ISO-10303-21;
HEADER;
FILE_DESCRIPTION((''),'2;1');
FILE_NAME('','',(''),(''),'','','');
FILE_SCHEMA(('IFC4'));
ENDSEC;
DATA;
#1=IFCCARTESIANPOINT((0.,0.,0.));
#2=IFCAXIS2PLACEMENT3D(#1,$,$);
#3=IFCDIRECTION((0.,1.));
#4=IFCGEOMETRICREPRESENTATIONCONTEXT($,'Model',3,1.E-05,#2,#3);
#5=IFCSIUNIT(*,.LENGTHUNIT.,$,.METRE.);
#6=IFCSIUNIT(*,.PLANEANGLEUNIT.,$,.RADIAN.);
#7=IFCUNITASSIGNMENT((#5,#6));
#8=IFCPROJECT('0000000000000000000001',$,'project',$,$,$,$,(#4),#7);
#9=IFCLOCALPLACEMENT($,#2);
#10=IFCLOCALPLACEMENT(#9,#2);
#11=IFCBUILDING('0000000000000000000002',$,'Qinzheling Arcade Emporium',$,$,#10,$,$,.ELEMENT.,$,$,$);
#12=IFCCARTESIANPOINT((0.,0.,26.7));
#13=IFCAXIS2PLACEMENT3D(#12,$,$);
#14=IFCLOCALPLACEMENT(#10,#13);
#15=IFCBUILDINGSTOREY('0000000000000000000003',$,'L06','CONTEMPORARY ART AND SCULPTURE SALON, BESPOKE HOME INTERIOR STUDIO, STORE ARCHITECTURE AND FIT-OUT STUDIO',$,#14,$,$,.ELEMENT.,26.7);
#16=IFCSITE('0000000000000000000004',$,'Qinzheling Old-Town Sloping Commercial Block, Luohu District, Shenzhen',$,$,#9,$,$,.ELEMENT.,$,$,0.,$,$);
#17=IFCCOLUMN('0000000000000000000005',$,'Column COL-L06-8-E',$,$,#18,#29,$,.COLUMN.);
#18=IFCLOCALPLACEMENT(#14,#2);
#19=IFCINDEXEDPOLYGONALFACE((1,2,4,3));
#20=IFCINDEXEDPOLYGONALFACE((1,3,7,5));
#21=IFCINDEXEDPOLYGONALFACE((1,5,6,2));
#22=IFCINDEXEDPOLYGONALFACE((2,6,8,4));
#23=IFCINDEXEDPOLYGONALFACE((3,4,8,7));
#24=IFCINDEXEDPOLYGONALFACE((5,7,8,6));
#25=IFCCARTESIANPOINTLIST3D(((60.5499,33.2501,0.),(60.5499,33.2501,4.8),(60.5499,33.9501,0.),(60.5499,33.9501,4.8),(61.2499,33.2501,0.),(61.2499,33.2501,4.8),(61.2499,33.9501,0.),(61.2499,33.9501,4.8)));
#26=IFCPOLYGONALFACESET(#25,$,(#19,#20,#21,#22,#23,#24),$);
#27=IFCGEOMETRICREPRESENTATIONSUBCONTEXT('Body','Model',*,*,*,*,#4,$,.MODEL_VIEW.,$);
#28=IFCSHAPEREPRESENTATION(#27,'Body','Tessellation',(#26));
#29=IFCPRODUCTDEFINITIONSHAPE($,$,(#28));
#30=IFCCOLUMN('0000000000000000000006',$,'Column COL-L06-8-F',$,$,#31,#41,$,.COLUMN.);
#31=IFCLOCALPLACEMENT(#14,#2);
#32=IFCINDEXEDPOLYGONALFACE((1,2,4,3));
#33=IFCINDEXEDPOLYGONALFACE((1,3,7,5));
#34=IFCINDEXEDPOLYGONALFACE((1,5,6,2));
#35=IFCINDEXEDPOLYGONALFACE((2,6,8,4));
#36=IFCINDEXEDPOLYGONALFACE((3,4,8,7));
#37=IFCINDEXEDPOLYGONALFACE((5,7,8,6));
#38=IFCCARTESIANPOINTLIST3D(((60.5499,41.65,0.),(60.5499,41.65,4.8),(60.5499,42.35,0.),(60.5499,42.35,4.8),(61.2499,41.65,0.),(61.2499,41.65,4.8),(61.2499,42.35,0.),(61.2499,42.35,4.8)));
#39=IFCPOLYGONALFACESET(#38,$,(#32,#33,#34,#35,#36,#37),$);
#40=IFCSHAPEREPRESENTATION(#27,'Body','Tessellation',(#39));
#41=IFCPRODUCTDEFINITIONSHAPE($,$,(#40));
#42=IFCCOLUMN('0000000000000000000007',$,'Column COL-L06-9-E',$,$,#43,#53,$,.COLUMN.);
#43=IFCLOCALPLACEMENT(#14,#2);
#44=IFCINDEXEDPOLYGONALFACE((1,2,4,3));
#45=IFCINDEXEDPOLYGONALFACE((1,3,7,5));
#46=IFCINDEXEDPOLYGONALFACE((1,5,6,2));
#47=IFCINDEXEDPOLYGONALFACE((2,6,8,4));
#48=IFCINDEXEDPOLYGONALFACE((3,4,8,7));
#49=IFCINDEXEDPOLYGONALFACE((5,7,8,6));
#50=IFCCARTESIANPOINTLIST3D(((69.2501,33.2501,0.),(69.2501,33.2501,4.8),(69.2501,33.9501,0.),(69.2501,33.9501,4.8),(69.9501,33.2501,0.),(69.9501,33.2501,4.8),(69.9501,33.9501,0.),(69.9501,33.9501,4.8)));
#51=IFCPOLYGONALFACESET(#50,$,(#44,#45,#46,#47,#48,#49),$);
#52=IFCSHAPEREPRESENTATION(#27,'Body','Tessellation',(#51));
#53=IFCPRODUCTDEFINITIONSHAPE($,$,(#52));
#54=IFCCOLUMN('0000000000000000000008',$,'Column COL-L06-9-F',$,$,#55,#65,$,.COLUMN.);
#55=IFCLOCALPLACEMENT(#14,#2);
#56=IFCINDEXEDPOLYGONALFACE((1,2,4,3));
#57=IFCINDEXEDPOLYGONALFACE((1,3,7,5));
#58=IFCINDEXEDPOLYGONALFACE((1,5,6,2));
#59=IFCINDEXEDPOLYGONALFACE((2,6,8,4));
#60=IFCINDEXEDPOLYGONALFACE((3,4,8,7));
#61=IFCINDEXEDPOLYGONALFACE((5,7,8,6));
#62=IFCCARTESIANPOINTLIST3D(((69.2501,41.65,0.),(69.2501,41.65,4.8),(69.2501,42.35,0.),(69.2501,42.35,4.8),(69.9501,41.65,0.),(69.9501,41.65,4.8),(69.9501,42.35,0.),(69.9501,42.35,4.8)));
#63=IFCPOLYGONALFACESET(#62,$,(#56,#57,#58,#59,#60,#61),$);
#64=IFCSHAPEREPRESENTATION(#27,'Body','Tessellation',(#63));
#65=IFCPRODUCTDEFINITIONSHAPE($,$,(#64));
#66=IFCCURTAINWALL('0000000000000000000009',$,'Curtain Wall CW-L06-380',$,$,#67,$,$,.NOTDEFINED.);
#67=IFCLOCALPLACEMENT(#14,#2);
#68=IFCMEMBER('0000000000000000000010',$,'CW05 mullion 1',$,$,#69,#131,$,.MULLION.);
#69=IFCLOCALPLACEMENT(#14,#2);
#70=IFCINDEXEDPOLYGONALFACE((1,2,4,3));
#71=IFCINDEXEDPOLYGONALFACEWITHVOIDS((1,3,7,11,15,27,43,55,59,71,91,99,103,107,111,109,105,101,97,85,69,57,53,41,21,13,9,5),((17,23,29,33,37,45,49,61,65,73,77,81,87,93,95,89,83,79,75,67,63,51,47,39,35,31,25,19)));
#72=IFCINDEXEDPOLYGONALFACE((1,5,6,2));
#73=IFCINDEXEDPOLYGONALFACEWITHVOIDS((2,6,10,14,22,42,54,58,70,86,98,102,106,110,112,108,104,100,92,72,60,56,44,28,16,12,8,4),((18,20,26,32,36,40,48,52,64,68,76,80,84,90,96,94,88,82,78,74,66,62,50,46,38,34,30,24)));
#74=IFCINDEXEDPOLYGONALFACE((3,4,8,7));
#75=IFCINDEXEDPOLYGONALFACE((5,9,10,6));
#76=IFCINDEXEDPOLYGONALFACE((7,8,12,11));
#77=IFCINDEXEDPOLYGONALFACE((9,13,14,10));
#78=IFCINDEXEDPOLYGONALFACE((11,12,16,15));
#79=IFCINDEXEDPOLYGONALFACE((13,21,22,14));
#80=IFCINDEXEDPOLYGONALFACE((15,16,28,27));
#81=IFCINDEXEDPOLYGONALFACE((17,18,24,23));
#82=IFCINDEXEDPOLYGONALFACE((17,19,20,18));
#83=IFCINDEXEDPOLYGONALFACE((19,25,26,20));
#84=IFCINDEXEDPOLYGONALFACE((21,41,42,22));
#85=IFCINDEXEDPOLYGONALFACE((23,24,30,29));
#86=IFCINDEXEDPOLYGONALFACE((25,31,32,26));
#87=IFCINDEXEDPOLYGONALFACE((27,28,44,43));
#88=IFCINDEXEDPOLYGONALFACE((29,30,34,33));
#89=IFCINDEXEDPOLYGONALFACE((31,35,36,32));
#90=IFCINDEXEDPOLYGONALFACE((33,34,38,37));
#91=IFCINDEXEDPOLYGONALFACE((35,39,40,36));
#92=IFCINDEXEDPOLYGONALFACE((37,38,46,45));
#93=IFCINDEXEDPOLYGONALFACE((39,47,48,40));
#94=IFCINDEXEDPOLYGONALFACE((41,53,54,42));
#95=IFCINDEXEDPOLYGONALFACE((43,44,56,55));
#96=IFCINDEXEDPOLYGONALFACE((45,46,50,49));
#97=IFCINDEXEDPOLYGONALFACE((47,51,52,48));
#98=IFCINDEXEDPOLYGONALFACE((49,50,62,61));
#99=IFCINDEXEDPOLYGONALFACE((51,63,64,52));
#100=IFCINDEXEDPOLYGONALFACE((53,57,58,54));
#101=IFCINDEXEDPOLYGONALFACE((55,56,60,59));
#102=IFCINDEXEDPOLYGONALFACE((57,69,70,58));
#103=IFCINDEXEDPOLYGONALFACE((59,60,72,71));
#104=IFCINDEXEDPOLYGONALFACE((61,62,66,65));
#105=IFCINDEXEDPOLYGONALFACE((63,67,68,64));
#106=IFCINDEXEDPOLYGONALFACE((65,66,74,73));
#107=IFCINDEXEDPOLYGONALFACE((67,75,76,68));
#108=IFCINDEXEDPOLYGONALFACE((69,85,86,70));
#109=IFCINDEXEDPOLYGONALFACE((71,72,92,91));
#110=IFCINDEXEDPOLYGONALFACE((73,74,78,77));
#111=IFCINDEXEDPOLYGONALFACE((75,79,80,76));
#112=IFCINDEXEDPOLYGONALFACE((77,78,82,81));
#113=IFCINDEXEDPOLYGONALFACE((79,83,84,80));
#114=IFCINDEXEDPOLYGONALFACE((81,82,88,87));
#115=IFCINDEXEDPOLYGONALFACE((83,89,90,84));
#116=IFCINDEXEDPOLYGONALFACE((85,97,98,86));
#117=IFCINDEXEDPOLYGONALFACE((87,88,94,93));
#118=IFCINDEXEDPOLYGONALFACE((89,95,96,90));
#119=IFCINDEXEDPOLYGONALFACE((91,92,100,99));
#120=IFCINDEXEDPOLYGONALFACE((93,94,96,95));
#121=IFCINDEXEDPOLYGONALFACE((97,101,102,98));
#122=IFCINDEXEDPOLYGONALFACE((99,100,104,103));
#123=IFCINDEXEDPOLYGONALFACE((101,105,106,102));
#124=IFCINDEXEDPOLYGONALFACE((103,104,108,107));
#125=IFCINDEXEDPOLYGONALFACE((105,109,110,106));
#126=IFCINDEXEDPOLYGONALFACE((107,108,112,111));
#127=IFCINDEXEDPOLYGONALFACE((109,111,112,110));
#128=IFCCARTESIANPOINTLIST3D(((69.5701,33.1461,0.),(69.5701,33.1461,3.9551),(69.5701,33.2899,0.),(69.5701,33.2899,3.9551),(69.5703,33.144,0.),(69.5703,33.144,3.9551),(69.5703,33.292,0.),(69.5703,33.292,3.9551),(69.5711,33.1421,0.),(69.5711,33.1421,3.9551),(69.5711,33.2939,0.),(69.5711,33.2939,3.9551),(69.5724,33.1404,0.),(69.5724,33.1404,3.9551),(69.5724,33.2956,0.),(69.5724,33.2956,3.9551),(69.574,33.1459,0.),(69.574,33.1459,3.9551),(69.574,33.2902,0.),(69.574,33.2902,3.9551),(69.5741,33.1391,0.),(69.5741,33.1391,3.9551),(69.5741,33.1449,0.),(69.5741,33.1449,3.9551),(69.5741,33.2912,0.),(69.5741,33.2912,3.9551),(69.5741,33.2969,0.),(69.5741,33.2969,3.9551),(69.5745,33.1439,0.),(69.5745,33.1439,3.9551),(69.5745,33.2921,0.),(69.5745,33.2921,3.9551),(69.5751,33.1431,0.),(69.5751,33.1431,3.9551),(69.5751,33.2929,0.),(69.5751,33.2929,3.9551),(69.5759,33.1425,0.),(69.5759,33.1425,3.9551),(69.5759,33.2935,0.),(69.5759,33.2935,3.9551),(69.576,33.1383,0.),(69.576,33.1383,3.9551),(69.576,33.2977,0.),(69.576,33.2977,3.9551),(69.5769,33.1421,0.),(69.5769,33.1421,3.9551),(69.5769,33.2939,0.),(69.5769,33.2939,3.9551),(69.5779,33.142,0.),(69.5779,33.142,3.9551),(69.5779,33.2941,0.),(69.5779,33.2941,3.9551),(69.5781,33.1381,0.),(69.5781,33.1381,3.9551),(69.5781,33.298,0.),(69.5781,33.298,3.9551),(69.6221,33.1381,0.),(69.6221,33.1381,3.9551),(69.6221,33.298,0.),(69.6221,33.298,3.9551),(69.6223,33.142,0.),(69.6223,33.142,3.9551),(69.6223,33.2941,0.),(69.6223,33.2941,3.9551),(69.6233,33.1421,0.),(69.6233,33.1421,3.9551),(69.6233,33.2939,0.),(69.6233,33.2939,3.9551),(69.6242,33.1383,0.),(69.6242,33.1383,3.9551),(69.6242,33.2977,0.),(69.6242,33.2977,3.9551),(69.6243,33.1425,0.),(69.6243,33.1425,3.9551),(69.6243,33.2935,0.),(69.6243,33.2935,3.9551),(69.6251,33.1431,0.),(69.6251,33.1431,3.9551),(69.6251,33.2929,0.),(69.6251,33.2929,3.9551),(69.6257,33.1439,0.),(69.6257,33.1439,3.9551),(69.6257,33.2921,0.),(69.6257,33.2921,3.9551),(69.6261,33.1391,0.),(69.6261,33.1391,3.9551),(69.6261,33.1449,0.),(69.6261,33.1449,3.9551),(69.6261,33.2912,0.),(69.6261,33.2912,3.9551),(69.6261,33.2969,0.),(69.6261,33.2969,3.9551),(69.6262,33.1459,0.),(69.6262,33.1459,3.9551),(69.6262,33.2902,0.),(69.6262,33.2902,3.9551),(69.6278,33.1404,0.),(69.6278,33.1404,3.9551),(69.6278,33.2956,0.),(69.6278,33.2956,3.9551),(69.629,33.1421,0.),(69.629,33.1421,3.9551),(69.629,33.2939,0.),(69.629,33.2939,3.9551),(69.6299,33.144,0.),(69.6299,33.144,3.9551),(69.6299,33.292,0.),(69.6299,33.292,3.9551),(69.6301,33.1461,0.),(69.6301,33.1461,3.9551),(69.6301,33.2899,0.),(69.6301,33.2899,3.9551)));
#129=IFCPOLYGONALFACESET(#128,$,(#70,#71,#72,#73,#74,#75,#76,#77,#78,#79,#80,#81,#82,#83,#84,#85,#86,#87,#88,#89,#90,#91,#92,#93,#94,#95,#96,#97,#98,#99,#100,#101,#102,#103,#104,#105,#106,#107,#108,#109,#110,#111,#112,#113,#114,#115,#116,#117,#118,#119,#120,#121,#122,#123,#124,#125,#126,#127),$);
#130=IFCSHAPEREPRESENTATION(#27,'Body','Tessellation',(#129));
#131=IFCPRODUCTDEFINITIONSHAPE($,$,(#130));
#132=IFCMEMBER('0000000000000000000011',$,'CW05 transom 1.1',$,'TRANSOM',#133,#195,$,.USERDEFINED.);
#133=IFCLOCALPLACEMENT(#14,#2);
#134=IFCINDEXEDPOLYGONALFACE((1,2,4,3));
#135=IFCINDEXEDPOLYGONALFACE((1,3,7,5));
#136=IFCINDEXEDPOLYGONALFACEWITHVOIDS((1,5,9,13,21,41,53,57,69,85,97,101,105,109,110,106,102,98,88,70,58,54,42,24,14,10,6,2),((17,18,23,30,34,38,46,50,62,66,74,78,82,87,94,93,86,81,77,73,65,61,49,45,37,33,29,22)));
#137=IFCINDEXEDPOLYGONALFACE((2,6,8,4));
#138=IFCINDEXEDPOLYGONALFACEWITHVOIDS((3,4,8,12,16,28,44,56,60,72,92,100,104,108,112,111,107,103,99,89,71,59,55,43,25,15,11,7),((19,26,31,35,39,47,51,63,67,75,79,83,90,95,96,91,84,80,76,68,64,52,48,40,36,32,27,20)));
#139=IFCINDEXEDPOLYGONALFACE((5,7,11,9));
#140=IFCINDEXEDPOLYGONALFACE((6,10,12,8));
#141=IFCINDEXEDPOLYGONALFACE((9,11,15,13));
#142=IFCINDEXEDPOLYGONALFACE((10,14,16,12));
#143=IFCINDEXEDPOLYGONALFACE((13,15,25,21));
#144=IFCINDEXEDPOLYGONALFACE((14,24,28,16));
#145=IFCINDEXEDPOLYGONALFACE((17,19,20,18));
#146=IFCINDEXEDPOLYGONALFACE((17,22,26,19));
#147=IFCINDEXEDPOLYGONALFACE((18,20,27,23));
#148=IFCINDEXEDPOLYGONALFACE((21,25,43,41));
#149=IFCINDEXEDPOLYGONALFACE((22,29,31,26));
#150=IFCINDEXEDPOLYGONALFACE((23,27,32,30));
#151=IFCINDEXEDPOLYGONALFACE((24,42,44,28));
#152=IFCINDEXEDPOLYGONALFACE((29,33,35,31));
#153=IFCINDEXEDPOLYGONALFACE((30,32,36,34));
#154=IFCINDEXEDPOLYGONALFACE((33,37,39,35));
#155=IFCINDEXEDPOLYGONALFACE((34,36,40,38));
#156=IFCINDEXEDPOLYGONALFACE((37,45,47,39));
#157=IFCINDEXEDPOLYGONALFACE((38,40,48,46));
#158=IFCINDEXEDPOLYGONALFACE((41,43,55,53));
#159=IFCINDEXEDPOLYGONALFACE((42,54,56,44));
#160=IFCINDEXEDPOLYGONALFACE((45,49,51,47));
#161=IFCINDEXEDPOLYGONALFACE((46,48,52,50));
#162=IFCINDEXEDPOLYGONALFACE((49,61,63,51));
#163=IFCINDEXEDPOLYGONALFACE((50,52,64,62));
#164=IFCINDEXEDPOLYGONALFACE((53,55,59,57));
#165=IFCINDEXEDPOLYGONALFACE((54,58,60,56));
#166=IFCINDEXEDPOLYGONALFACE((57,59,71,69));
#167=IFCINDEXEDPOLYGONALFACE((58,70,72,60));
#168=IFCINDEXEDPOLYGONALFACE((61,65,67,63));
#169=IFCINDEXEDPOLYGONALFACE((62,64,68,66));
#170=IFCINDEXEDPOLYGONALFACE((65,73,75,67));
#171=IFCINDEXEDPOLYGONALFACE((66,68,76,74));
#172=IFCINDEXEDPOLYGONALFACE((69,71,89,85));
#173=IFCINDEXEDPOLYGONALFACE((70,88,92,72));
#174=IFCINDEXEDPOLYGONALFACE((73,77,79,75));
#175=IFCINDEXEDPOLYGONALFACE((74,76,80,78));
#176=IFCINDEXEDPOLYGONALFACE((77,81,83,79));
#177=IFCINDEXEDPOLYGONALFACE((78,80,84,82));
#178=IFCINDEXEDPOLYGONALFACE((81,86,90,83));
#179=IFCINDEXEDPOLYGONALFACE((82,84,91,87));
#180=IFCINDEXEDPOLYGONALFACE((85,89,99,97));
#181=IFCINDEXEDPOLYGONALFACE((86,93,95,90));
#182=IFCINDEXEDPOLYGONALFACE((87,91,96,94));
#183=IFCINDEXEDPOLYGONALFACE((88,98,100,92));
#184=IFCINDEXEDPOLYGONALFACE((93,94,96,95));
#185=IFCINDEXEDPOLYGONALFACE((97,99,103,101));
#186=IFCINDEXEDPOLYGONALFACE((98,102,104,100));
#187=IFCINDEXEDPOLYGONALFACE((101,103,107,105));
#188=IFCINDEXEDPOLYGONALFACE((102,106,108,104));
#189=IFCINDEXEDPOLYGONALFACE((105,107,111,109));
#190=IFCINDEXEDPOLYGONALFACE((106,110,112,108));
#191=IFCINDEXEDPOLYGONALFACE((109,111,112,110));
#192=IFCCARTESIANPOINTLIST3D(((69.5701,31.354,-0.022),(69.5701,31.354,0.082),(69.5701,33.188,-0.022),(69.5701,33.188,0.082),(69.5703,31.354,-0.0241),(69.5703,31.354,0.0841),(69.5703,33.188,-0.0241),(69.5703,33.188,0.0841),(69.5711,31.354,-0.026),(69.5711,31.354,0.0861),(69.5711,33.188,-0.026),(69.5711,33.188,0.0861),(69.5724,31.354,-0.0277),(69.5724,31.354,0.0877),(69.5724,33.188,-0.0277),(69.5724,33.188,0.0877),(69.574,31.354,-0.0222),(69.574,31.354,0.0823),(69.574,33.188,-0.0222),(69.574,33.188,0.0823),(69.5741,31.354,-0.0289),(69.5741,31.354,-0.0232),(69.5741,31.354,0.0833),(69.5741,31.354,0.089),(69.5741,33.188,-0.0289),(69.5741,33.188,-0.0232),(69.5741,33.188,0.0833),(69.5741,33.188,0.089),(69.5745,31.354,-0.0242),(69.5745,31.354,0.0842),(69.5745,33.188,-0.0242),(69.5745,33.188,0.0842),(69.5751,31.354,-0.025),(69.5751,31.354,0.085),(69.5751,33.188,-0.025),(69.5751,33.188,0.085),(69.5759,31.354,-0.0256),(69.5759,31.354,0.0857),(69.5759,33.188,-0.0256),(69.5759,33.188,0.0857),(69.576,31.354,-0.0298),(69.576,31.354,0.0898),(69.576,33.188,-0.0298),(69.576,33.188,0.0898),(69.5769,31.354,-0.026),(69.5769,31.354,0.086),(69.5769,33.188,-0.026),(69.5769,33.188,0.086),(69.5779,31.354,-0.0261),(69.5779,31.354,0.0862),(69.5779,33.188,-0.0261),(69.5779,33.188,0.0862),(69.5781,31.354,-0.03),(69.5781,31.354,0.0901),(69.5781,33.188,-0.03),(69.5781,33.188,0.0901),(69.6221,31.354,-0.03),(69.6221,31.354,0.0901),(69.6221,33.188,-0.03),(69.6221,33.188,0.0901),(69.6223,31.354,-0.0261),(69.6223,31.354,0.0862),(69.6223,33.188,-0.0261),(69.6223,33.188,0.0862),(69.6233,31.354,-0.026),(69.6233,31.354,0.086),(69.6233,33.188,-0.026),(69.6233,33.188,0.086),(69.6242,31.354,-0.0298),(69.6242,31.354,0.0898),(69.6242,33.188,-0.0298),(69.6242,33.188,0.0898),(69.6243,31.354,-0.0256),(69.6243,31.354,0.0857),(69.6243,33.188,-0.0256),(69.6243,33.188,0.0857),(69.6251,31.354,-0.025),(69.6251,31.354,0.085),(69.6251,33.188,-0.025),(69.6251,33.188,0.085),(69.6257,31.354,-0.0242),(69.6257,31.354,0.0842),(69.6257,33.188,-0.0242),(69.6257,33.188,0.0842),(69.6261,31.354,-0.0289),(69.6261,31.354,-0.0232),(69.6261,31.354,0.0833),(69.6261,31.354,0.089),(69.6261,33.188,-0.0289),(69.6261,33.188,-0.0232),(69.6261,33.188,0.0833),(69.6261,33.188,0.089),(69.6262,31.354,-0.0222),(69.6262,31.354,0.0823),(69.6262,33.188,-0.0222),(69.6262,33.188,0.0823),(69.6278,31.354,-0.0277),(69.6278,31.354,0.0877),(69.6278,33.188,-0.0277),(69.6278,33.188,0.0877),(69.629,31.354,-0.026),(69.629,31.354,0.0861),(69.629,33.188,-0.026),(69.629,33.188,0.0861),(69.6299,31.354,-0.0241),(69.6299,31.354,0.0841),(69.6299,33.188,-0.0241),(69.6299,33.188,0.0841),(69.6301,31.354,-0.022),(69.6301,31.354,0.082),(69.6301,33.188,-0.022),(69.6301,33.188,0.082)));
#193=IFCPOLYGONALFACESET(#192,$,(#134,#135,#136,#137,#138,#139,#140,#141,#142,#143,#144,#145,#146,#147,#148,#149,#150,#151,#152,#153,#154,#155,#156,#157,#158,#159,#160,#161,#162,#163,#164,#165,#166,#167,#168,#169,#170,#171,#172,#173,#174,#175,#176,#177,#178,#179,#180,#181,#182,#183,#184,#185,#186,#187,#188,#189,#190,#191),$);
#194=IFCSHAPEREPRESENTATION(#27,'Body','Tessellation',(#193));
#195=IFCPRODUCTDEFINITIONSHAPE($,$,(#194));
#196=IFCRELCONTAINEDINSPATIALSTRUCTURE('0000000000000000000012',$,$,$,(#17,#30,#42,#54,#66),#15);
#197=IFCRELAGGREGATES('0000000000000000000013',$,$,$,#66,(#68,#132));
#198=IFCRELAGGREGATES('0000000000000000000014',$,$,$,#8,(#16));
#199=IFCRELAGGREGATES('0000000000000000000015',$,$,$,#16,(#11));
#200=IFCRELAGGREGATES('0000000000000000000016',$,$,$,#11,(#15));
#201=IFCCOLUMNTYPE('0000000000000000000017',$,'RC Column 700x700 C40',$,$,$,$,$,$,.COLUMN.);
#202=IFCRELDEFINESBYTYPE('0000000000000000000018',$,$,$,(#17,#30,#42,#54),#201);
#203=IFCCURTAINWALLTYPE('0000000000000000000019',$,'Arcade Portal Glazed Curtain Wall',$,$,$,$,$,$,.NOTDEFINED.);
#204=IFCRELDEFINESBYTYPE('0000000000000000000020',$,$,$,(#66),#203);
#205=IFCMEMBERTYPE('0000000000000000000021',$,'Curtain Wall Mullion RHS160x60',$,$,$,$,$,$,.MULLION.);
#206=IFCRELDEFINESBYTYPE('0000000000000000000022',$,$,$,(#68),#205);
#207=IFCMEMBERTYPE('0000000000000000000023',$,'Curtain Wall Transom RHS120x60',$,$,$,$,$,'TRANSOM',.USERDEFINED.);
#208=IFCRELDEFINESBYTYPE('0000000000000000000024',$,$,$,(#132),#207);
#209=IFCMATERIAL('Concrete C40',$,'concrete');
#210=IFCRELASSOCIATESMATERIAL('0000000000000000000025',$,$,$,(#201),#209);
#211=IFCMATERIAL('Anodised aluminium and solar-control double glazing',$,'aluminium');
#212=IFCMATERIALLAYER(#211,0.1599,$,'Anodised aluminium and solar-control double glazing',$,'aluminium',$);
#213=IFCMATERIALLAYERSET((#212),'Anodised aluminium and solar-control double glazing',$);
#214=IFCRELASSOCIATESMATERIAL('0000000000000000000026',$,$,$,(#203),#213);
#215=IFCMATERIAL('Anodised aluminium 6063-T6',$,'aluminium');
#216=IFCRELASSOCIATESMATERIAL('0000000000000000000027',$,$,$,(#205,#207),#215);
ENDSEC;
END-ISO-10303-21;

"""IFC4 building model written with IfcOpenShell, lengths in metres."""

from ifc_helpers import new_model, si_unit, direction, frame, origin, origin_2d, place, context, subcontext, project, spatial, rectangle, hollow_rectangle, extrude, material, layer, layer_set, material_profile, profile_set, type_object, element, aggregate, save


model = new_model("IFC4")

# Units and contexts
model_context = context("Model", 3, precision=1e-05, world=origin(), true_north=direction((0.0, 1.0)))
body_context = subcontext(model_context, "Body", "Model", "MODEL_VIEW")
ifc_project = project(units=[si_unit("LENGTHUNIT", "METRE"), si_unit("PLANEANGLEUNIT", "RADIAN")], contexts=[model_context])

# Site, building, storey
site_placement = place(None, origin())
site = spatial("IfcSite", under=ifc_project, at=site_placement, Name="Qinzheling Old-Town Sloping Commercial Block, Luohu District, Shenzhen", CompositionType="ELEMENT", RefElevation=0.0)
building_placement = place(site_placement, origin())
building = spatial("IfcBuilding", under=site, at=building_placement, Name="Qinzheling Arcade Emporium", CompositionType="ELEMENT")
storey_placement = place(building_placement, frame((0.0, 0.0, 26.7)))
storey = spatial("IfcBuildingStorey", under=building, at=storey_placement, Name="L06", Description="CONTEMPORARY ART AND SCULPTURE SALON, BESPOKE HOME INTERIOR STUDIO, STORE ARCHITECTURE AND FIT-OUT STUDIO", CompositionType="ELEMENT", Elevation=26.7)

# Columns
ifc_material_1 = material(Name="Concrete C40", Category="concrete")
ifc_material_profile_1 = material_profile(ifc_material_1, rectangle(XDim=0.7, YDim=0.7, at=origin_2d()), Name="RC 700x700", Category="concrete")
ifc_profile_set_1 = profile_set([ifc_material_profile_1], Name="Concrete C40")
column_type = type_object("IfcColumnType", Name="RC Column 700x700 C40", PredefinedType="COLUMN", material=ifc_profile_set_1)
for number, where, z_axis, x_axis, name in (
    (1, (60.8999, 33.6001, 0.0), (0.0, 0.0, 1.0), (1.0, 0.0, 0.0), "Column COL-L06-8-E"),
    (2, (60.8999, 42.0, 0.0), (0.0, 0.0, 1.0), (1.0, 0.0, 0.0), "Column COL-L06-8-F"),
    (3, (69.6001, 33.6001, 0.0), (0.0, 0.0, 1.0), (1.0, 0.0, 0.0), "Column COL-L06-9-E"),
    (4, (69.6001, 42.0, 0.0), (0.0, 0.0, 1.0), (1.0, 0.0, 0.0), "Column COL-L06-9-F"),
):
    element("IfcColumn", number, at=place(storey_placement, frame(where, z_axis=z_axis, x_axis=x_axis)), inside=storey, type_object=column_type, Name=name, PredefinedType="COLUMN", context=body_context, shape_type="SweptSolid", body=[
        extrude(rectangle(XDim=0.7, YDim=0.7, at=origin_2d()), origin(), (0.0, 0.0, 1.0), 4.8),
    ])

# Curtain wall, members
ifc_material_2 = material(Name="Anodised aluminium and solar-control double glazing", Category="aluminium")
ifc_layer_1 = layer(ifc_material_2, 0.1599, Name="Anodised aluminium and solar-control double glazing", Category="aluminium")
ifc_layer_set_1 = layer_set([ifc_layer_1], Name="Anodised aluminium and solar-control double glazing")
curtain_wall_type = type_object("IfcCurtainWallType", Name="Arcade Portal Glazed Curtain Wall", PredefinedType="NOTDEFINED", material=ifc_layer_set_1)
curtain_wall_placement = place(storey_placement, origin())
curtain_wall = element("IfcCurtainWall", 5, at=curtain_wall_placement, inside=storey, type_object=curtain_wall_type, Name="Curtain Wall CW-L06-380", PredefinedType="NOTDEFINED")
ifc_material_3 = material(Name="Anodised aluminium 6063-T6", Category="aluminium")
ifc_material_profile_2 = material_profile(ifc_material_3, hollow_rectangle(XDim=0.0601, YDim=0.1599, WallThickness=0.0039, InnerFilletRadius=0.0039, OuterFilletRadius=0.0081, at=origin_2d()), Name="RHS 160x60x4", Category="aluminium")
ifc_profile_set_2 = profile_set([ifc_material_profile_2], Name="Anodised aluminium 6063-T6")
member_type_1 = type_object("IfcMemberType", Name="Curtain Wall Mullion RHS160x60", PredefinedType="MULLION", material=ifc_profile_set_2)
member_1_placement = place(storey_placement, frame((69.6001, 33.218, 0.0), z_axis=(0.0, 0.0, 1.0), x_axis=(1.0, 0.0, 0.0)))
member_1 = element("IfcMember", 6, at=member_1_placement, type_object=member_type_1, Name="CW05 mullion 1", PredefinedType="MULLION", context=body_context, shape_type="SweptSolid", body=[
    extrude(hollow_rectangle(XDim=0.0601, YDim=0.1599, WallThickness=0.0039, InnerFilletRadius=0.0039, OuterFilletRadius=0.0081, at=origin_2d()), origin(), (0.0, 0.0, 1.0), 3.9551),
])
ifc_material_profile_3 = material_profile(ifc_material_3, hollow_rectangle(XDim=0.0601, YDim=0.1201, WallThickness=0.0039, InnerFilletRadius=0.0039, OuterFilletRadius=0.0081, at=origin_2d()), Name="RHS 120x60x4", Category="aluminium")
ifc_profile_set_3 = profile_set([ifc_material_profile_3], Name="Anodised aluminium 6063-T6")
member_type_2 = type_object("IfcMemberType", Name="Curtain Wall Transom RHS120x60", ElementType="TRANSOM", PredefinedType="USERDEFINED", material=ifc_profile_set_3)
member_2_placement = place(storey_placement, frame((69.6001, 33.188, 0.03), z_axis=(0.0, -1.0, 0.0), x_axis=(1.0, 0.0, 0.0)))
member_2 = element("IfcMember", 7, at=member_2_placement, type_object=member_type_2, Name="CW05 transom 1.1", ObjectType="TRANSOM", PredefinedType="USERDEFINED", context=body_context, shape_type="SweptSolid", body=[
    extrude(hollow_rectangle(XDim=0.0601, YDim=0.1201, WallThickness=0.0039, InnerFilletRadius=0.0039, OuterFilletRadius=0.0081, at=origin_2d()), origin(), (0.0, 0.0, 1.0), 1.834),
])

aggregate(curtain_wall, [member_1, member_2])

save(model, "model.ifc")
